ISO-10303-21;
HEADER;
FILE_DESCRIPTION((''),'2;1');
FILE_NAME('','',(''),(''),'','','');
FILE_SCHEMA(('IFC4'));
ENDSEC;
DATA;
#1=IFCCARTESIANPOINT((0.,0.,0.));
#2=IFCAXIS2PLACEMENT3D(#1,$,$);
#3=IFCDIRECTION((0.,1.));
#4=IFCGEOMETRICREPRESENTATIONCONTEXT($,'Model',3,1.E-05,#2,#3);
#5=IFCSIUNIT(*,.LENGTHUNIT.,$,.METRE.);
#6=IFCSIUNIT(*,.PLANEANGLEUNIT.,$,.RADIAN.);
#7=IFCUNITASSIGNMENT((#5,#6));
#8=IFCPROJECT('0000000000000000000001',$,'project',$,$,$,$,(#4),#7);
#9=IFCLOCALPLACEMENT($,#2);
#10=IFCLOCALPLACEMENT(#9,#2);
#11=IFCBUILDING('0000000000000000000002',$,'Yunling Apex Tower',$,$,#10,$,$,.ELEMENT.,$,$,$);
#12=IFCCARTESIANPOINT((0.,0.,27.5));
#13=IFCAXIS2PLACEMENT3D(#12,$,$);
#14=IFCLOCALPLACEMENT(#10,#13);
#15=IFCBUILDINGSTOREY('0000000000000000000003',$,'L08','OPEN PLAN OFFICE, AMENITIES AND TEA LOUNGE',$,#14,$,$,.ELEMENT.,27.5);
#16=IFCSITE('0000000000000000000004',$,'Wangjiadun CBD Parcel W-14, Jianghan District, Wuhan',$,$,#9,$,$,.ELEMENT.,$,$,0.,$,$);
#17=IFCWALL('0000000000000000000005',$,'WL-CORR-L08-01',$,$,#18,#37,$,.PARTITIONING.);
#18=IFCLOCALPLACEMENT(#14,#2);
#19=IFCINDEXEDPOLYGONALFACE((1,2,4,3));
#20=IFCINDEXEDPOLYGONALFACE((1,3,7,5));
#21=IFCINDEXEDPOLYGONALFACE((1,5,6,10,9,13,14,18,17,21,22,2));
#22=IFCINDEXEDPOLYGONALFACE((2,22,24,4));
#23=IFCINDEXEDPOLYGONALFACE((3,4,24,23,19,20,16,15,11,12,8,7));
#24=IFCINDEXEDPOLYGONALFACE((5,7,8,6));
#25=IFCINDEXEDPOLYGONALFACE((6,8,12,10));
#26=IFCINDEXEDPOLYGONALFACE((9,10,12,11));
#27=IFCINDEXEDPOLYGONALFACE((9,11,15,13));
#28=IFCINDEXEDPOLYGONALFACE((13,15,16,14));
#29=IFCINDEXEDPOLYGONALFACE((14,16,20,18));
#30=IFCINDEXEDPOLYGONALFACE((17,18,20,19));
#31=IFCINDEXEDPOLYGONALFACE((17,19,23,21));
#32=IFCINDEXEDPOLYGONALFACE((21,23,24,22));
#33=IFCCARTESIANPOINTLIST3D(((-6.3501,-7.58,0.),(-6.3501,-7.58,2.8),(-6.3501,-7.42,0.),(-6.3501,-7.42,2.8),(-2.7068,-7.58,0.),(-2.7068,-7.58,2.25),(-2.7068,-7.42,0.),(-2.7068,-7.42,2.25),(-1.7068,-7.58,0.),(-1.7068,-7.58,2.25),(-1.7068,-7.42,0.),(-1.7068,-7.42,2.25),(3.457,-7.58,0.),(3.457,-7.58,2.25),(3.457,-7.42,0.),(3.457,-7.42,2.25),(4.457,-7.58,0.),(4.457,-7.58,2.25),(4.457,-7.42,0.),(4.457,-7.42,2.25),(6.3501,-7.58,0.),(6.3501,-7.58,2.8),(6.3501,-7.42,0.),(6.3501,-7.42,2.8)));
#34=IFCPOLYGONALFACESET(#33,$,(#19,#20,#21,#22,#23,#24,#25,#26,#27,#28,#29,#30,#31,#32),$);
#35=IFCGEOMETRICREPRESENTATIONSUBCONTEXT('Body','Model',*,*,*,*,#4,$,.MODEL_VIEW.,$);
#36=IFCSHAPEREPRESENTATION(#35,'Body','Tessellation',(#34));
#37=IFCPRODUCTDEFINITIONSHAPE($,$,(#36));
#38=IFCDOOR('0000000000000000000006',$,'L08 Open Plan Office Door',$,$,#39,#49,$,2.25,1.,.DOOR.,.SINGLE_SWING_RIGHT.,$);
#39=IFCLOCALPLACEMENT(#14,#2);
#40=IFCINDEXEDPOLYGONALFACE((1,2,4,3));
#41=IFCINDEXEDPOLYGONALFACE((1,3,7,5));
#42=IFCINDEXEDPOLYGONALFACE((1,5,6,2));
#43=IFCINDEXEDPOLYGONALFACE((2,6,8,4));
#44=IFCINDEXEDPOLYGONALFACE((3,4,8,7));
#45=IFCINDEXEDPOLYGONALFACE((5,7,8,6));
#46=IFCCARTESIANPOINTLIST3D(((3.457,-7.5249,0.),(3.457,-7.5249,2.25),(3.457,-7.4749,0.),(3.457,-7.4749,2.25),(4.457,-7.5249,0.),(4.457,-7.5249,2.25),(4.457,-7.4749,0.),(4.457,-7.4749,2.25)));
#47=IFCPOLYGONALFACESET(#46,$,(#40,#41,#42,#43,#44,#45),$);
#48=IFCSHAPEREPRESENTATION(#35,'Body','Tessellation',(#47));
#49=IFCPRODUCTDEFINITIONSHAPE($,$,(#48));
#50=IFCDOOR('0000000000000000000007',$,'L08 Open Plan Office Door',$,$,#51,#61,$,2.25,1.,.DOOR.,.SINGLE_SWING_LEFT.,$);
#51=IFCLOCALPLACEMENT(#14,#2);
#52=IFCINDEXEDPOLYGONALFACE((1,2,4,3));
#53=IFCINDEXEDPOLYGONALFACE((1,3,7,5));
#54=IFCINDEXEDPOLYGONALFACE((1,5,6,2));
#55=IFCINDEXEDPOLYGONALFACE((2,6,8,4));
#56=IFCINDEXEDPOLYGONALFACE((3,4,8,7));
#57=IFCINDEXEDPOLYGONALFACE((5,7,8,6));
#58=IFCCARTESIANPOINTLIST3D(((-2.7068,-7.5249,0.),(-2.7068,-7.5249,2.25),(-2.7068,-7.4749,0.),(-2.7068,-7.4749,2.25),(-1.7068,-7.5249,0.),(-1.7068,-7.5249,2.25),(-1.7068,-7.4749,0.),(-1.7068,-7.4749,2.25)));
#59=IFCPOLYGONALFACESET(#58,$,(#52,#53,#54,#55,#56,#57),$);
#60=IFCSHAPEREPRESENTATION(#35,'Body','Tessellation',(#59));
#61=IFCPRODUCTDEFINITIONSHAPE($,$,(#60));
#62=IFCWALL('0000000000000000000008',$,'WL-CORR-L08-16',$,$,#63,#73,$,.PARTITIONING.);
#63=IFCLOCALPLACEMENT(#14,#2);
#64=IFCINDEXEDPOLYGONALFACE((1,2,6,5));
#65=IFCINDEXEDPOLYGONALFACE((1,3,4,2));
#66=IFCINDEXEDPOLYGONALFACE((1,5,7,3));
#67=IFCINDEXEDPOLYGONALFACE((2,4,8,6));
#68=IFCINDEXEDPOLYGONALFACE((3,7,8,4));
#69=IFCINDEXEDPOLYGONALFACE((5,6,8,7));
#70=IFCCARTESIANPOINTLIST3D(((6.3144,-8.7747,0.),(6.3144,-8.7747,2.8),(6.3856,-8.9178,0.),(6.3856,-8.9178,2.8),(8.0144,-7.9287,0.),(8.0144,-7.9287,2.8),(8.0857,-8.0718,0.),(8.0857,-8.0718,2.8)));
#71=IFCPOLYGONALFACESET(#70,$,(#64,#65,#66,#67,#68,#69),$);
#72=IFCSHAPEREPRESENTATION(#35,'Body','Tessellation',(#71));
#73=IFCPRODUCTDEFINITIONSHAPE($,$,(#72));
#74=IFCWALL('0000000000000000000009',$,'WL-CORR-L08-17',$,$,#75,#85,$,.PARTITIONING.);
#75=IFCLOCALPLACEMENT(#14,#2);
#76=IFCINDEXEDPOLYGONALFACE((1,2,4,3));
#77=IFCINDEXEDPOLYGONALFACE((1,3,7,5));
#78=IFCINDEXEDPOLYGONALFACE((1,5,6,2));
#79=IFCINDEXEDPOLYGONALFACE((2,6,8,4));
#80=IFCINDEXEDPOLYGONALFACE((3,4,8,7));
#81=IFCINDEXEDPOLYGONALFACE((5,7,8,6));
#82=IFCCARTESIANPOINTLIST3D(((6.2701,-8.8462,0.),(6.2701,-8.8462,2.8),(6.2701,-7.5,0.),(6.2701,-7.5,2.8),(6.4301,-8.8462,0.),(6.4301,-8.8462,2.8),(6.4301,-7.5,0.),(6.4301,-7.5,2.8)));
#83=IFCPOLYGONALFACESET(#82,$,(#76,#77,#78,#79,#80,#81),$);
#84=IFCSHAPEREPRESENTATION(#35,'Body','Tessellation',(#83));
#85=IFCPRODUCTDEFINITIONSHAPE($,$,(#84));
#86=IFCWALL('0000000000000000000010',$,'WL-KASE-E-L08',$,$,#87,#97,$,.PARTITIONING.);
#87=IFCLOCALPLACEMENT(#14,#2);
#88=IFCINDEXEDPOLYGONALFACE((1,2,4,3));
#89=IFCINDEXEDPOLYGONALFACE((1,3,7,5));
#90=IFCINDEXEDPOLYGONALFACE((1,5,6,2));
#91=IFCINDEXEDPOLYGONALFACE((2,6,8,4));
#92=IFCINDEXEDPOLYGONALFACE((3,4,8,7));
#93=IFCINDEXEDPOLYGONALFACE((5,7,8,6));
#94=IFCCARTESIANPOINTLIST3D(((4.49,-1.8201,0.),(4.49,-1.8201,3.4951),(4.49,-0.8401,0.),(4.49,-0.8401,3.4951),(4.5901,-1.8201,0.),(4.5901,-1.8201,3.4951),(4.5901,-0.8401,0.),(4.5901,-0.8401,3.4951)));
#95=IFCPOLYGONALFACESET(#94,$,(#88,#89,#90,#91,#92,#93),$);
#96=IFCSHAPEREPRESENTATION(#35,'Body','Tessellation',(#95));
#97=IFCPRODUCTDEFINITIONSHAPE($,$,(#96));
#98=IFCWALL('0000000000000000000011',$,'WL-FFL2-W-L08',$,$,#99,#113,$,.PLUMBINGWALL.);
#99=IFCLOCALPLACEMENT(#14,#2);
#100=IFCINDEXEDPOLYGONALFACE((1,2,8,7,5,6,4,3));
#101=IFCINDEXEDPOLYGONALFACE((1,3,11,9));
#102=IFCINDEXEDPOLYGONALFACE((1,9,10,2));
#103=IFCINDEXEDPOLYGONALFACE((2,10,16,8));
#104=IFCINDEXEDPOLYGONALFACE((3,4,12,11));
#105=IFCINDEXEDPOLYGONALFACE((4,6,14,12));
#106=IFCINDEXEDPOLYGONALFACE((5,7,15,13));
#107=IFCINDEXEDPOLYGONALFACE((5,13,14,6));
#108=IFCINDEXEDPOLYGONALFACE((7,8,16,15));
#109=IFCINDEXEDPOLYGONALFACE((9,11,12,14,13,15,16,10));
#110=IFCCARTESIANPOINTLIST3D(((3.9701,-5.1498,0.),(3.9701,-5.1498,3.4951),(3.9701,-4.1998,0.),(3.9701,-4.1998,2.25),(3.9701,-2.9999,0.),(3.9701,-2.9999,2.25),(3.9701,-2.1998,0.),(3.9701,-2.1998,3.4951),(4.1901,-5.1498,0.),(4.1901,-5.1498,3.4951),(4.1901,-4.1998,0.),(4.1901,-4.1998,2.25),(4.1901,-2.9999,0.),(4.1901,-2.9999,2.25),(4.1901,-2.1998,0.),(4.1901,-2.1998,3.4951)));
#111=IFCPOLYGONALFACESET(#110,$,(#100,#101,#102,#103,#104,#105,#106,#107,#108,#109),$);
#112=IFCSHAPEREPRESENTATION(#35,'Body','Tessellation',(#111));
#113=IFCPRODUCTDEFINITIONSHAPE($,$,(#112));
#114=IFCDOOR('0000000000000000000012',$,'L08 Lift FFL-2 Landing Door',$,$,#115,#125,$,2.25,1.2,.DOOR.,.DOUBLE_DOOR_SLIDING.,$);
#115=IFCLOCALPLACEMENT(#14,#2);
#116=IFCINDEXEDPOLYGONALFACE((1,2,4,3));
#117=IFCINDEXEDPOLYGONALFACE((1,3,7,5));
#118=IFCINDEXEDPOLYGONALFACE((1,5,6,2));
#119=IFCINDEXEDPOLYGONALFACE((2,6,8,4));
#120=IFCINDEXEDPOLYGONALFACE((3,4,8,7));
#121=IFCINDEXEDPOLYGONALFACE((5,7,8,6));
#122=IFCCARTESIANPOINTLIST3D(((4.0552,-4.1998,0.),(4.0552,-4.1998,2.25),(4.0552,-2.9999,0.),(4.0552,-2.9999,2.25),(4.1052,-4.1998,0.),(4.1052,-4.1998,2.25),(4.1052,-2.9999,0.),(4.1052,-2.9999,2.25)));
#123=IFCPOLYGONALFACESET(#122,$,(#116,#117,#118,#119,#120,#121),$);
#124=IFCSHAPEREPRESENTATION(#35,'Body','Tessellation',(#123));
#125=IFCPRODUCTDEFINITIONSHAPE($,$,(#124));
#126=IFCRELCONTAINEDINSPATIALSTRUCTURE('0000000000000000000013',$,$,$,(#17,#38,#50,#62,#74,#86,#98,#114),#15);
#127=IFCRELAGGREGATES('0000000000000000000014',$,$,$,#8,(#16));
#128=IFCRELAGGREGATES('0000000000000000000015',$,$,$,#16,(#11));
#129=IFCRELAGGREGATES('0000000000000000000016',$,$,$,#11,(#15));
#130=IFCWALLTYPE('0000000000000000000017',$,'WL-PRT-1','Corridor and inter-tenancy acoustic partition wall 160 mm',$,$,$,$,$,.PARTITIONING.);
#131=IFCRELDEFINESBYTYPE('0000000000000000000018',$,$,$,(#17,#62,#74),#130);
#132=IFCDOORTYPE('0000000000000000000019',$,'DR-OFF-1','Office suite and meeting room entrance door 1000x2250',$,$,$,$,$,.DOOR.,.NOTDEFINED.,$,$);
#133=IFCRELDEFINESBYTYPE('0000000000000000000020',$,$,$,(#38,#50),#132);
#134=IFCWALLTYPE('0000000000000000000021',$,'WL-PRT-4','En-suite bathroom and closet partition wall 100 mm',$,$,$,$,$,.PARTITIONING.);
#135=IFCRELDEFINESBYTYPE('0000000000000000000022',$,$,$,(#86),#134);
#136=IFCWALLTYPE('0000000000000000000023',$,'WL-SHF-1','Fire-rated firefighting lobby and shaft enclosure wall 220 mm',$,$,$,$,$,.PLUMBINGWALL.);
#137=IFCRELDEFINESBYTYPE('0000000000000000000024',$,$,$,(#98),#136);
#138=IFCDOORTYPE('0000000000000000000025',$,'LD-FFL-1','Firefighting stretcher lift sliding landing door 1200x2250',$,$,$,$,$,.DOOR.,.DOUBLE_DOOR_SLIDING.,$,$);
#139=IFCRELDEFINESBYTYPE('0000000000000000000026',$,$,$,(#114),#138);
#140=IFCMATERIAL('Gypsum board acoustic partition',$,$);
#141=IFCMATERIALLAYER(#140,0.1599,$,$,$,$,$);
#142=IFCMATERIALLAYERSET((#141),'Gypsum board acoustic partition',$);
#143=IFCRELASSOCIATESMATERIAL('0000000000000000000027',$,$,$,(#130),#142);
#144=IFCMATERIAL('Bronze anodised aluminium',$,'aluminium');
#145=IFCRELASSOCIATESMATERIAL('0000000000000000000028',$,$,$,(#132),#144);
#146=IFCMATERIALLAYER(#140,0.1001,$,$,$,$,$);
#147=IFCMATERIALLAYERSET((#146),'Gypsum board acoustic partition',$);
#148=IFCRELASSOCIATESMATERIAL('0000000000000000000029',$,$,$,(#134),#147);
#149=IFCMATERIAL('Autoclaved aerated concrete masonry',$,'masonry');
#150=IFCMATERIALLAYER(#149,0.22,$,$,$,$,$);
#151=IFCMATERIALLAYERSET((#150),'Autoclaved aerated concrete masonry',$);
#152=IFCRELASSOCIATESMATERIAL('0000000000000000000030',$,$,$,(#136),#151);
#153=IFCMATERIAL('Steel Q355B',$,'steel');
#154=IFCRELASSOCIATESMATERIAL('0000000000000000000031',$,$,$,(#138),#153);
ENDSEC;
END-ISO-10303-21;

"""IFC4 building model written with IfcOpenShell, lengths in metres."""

from ifc_helpers import new_model, si_unit, direction, frame, frame_2d, origin, place, context, subcontext, project, spatial, rectangle, extrude, material, layer, layer_set, type_object, element, fill, save


model = new_model("IFC4")

# Units and contexts
model_context = context("Model", 3, precision=1e-05, world=origin(), true_north=direction((0.0, 1.0)))
body_context = subcontext(model_context, "Body", "Model", "MODEL_VIEW")
ifc_project = project(units=[si_unit("LENGTHUNIT", "METRE"), si_unit("PLANEANGLEUNIT", "RADIAN")], contexts=[model_context])

# Site, building, storey
site_placement = place(None, origin())
site = spatial("IfcSite", under=ifc_project, at=site_placement, Name="Wangjiadun CBD Parcel W-14, Jianghan District, Wuhan", CompositionType="ELEMENT", RefElevation=0.0)
building_placement = place(site_placement, origin())
building = spatial("IfcBuilding", under=site, at=building_placement, Name="Yunling Apex Tower", CompositionType="ELEMENT")
storey_placement = place(building_placement, frame((0.0, 0.0, 27.5)))
storey = spatial("IfcBuildingStorey", under=building, at=storey_placement, Name="L08", Description="OPEN PLAN OFFICE, AMENITIES AND TEA LOUNGE", CompositionType="ELEMENT", Elevation=27.5)

# Shared definitions
ifc_material_1 = material(Name="Steel Q355B", Category="steel")

# Shared definitions
ifc_material_2 = material(Name="Bronze anodised aluminium", Category="aluminium")

# Wall, openings, doors
ifc_material_3 = material(Name="Gypsum board acoustic partition")
ifc_layer_1 = layer(ifc_material_3, 0.1599)
ifc_layer_set_1 = layer_set([ifc_layer_1], Name="Gypsum board acoustic partition")
wall_type_1 = type_object("IfcWallType", Name="WL-PRT-1", Description="Corridor and inter-tenancy acoustic partition wall 160 mm", PredefinedType="PARTITIONING", material=ifc_layer_set_1)
wall_1_placement = place(storey_placement, frame((6.3501, -7.5, 0.0), z_axis=(0.0, 0.0, 1.0), x_axis=(-1.0, 0.0, 0.0)))
wall_1 = element("IfcWall", 1, at=wall_1_placement, inside=storey, type_object=wall_type_1, Name="WL-CORR-L08-01", PredefinedType="PARTITIONING", context=body_context, shape_type="SweptSolid", body=[
    extrude(rectangle(XDim=12.7002, YDim=0.1599, at=frame_2d((6.3501, 0.0))), origin(), (0.0, 0.0, 1.0), 2.8),
])
opening_1_placement = place(wall_1_placement, frame((1.8931, 0.0, 0.0)))
opening_1 = element("IfcOpeningElement", 2, at=opening_1_placement, cuts=wall_1, PredefinedType="OPENING", context=body_context, shape_type="SweptSolid", body=[
    extrude(rectangle(XDim=1.0, YDim=2.25, at=frame_2d((0.5, 1.125))), frame((0.0, 0.0898, 0.0), z_axis=(0.0, -1.0, 0.0), x_axis=(1.0, 0.0, 0.0)), (0.0, 0.0, 1.0), 0.1799),
])
opening_2_placement = place(wall_1_placement, frame((8.0569, 0.0, 0.0)))
opening_2 = element("IfcOpeningElement", 3, at=opening_2_placement, cuts=wall_1, PredefinedType="OPENING", context=body_context, shape_type="SweptSolid", body=[
    extrude(rectangle(XDim=1.0, YDim=2.25, at=frame_2d((0.5, 1.125))), frame((0.0, 0.0898, 0.0), z_axis=(0.0, -1.0, 0.0), x_axis=(1.0, 0.0, 0.0)), (0.0, 0.0, 1.0), 0.1799),
])
door_type_1 = type_object("IfcDoorType", Name="DR-OFF-1", Description="Office suite and meeting room entrance door 1000x2250", OperationType="NOTDEFINED", PredefinedType="DOOR", material=ifc_material_2)
door_1_placement = place(opening_1_placement, origin())
door_1 = element("IfcDoor", 4, at=door_1_placement, inside=storey, type_object=door_type_1, Name="L08 Open Plan Office Door", OperationType="SINGLE_SWING_RIGHT", OverallHeight=2.25, OverallWidth=1.0, PredefinedType="DOOR", context=body_context, shape_type="SweptSolid", body=[
    extrude(rectangle(XDim=1.0, YDim=2.25, at=frame_2d((0.5, 1.125))), frame((0.0, 0.0249, 0.0), z_axis=(0.0, -1.0, 0.0), x_axis=(1.0, 0.0, 0.0)), (0.0, 0.0, 1.0), 0.05),
])
fill(opening_1, door_1)
door_2_placement = place(opening_2_placement, origin())
door_2 = element("IfcDoor", 5, at=door_2_placement, inside=storey, type_object=door_type_1, Name="L08 Open Plan Office Door", OperationType="SINGLE_SWING_LEFT", OverallHeight=2.25, OverallWidth=1.0, PredefinedType="DOOR", context=body_context, shape_type="SweptSolid", body=[
    extrude(rectangle(XDim=1.0, YDim=2.25, at=frame_2d((0.5, 1.125))), frame((0.0, 0.0249, 0.0), z_axis=(0.0, -1.0, 0.0), x_axis=(1.0, 0.0, 0.0)), (0.0, 0.0, 1.0), 0.05),
])
fill(opening_2, door_2)

# Walls
wall_2_placement = place(storey_placement, frame((8.05, -8.0002, 0.0), z_axis=(0.0, 0.0, 1.0), x_axis=(-0.895274, -0.445516, 0.0)))
element("IfcWall", 6, at=wall_2_placement, inside=storey, type_object=wall_type_1, Name="WL-CORR-L08-16", PredefinedType="PARTITIONING", context=body_context, shape_type="SweptSolid", body=[
    extrude(rectangle(XDim=1.8989, YDim=0.1599, at=frame_2d((0.9495, 0.0))), origin(), (0.0, 0.0, 1.0), 2.8),
])
wall_3_placement = place(storey_placement, frame((6.3501, -8.8462, 0.0), z_axis=(0.0, 0.0, 1.0), x_axis=(0.0, 1.0, 0.0)))
element("IfcWall", 7, at=wall_3_placement, inside=storey, type_object=wall_type_1, Name="WL-CORR-L08-17", PredefinedType="PARTITIONING", context=body_context, shape_type="SweptSolid", body=[
    extrude(rectangle(XDim=1.3462, YDim=0.1599, at=frame_2d((0.6731, 0.0))), origin(), (0.0, 0.0, 1.0), 2.8),
])
ifc_layer_2 = layer(ifc_material_3, 0.1001)
ifc_layer_set_2 = layer_set([ifc_layer_2], Name="Gypsum board acoustic partition")
wall_type_2 = type_object("IfcWallType", Name="WL-PRT-4", Description="En-suite bathroom and closet partition wall 100 mm", PredefinedType="PARTITIONING", material=ifc_layer_set_2)
wall_4_placement = place(storey_placement, frame((4.54, -1.8201, 0.0), z_axis=(0.0, 0.0, 1.0), x_axis=(0.0, 1.0, 0.0)))
element("IfcWall", 8, at=wall_4_placement, inside=storey, type_object=wall_type_2, Name="WL-KASE-E-L08", PredefinedType="PARTITIONING", context=body_context, shape_type="SweptSolid", body=[
    extrude(rectangle(XDim=0.98, YDim=0.1001, at=frame_2d((0.49, 0.0))), origin(), (0.0, 0.0, 1.0), 3.4951),
])

# Wall, opening, door
ifc_material_4 = material(Name="Autoclaved aerated concrete masonry", Category="masonry")
ifc_layer_3 = layer(ifc_material_4, 0.22)
ifc_layer_set_3 = layer_set([ifc_layer_3], Name="Autoclaved aerated concrete masonry")
wall_type_3 = type_object("IfcWallType", Name="WL-SHF-1", Description="Fire-rated firefighting lobby and shaft enclosure wall 220 mm", PredefinedType="PLUMBINGWALL", material=ifc_layer_set_3)
wall_5_placement = place(storey_placement, frame((4.0801, -5.1499, 0.0), z_axis=(0.0, 0.0, 1.0), x_axis=(0.0, 1.0, 0.0)))
wall_5 = element("IfcWall", 9, at=wall_5_placement, inside=storey, type_object=wall_type_3, Name="WL-FFL2-W-L08", PredefinedType="PLUMBINGWALL", context=body_context, shape_type="SweptSolid", body=[
    extrude(rectangle(XDim=2.95, YDim=0.22, at=frame_2d((1.4751, 0.0))), origin(), (0.0, 0.0, 1.0), 3.4951),
])
opening_3_placement = place(wall_5_placement, frame((0.95, 0.0, 0.0)))
opening_3 = element("IfcOpeningElement", 10, at=opening_3_placement, cuts=wall_5, PredefinedType="OPENING", context=body_context, shape_type="SweptSolid", body=[
    extrude(rectangle(XDim=1.2, YDim=2.25, at=frame_2d((0.6001, 1.125))), frame((0.0, 0.1201, 0.0), z_axis=(0.0, -1.0, 0.0), x_axis=(1.0, 0.0, 0.0)), (0.0, 0.0, 1.0), 0.24),
])
door_type_2 = type_object("IfcDoorType", Name="LD-FFL-1", Description="Firefighting stretcher lift sliding landing door 1200x2250", OperationType="DOUBLE_DOOR_SLIDING", PredefinedType="DOOR", material=ifc_material_1)
door_3_placement = place(opening_3_placement, origin())
door_3 = element("IfcDoor", 11, at=door_3_placement, inside=storey, type_object=door_type_2, Name="L08 Lift FFL-2 Landing Door", OperationType="DOUBLE_DOOR_SLIDING", OverallHeight=2.25, OverallWidth=1.2, PredefinedType="DOOR", context=body_context, shape_type="SweptSolid", body=[
    extrude(rectangle(XDim=1.2, YDim=2.25, at=frame_2d((0.6001, 1.125))), frame((0.0, 0.0249, 0.0), z_axis=(0.0, -1.0, 0.0), x_axis=(1.0, 0.0, 0.0)), (0.0, 0.0, 1.0), 0.05),
])
fill(opening_3, door_3)

save(model, "model.ifc")
